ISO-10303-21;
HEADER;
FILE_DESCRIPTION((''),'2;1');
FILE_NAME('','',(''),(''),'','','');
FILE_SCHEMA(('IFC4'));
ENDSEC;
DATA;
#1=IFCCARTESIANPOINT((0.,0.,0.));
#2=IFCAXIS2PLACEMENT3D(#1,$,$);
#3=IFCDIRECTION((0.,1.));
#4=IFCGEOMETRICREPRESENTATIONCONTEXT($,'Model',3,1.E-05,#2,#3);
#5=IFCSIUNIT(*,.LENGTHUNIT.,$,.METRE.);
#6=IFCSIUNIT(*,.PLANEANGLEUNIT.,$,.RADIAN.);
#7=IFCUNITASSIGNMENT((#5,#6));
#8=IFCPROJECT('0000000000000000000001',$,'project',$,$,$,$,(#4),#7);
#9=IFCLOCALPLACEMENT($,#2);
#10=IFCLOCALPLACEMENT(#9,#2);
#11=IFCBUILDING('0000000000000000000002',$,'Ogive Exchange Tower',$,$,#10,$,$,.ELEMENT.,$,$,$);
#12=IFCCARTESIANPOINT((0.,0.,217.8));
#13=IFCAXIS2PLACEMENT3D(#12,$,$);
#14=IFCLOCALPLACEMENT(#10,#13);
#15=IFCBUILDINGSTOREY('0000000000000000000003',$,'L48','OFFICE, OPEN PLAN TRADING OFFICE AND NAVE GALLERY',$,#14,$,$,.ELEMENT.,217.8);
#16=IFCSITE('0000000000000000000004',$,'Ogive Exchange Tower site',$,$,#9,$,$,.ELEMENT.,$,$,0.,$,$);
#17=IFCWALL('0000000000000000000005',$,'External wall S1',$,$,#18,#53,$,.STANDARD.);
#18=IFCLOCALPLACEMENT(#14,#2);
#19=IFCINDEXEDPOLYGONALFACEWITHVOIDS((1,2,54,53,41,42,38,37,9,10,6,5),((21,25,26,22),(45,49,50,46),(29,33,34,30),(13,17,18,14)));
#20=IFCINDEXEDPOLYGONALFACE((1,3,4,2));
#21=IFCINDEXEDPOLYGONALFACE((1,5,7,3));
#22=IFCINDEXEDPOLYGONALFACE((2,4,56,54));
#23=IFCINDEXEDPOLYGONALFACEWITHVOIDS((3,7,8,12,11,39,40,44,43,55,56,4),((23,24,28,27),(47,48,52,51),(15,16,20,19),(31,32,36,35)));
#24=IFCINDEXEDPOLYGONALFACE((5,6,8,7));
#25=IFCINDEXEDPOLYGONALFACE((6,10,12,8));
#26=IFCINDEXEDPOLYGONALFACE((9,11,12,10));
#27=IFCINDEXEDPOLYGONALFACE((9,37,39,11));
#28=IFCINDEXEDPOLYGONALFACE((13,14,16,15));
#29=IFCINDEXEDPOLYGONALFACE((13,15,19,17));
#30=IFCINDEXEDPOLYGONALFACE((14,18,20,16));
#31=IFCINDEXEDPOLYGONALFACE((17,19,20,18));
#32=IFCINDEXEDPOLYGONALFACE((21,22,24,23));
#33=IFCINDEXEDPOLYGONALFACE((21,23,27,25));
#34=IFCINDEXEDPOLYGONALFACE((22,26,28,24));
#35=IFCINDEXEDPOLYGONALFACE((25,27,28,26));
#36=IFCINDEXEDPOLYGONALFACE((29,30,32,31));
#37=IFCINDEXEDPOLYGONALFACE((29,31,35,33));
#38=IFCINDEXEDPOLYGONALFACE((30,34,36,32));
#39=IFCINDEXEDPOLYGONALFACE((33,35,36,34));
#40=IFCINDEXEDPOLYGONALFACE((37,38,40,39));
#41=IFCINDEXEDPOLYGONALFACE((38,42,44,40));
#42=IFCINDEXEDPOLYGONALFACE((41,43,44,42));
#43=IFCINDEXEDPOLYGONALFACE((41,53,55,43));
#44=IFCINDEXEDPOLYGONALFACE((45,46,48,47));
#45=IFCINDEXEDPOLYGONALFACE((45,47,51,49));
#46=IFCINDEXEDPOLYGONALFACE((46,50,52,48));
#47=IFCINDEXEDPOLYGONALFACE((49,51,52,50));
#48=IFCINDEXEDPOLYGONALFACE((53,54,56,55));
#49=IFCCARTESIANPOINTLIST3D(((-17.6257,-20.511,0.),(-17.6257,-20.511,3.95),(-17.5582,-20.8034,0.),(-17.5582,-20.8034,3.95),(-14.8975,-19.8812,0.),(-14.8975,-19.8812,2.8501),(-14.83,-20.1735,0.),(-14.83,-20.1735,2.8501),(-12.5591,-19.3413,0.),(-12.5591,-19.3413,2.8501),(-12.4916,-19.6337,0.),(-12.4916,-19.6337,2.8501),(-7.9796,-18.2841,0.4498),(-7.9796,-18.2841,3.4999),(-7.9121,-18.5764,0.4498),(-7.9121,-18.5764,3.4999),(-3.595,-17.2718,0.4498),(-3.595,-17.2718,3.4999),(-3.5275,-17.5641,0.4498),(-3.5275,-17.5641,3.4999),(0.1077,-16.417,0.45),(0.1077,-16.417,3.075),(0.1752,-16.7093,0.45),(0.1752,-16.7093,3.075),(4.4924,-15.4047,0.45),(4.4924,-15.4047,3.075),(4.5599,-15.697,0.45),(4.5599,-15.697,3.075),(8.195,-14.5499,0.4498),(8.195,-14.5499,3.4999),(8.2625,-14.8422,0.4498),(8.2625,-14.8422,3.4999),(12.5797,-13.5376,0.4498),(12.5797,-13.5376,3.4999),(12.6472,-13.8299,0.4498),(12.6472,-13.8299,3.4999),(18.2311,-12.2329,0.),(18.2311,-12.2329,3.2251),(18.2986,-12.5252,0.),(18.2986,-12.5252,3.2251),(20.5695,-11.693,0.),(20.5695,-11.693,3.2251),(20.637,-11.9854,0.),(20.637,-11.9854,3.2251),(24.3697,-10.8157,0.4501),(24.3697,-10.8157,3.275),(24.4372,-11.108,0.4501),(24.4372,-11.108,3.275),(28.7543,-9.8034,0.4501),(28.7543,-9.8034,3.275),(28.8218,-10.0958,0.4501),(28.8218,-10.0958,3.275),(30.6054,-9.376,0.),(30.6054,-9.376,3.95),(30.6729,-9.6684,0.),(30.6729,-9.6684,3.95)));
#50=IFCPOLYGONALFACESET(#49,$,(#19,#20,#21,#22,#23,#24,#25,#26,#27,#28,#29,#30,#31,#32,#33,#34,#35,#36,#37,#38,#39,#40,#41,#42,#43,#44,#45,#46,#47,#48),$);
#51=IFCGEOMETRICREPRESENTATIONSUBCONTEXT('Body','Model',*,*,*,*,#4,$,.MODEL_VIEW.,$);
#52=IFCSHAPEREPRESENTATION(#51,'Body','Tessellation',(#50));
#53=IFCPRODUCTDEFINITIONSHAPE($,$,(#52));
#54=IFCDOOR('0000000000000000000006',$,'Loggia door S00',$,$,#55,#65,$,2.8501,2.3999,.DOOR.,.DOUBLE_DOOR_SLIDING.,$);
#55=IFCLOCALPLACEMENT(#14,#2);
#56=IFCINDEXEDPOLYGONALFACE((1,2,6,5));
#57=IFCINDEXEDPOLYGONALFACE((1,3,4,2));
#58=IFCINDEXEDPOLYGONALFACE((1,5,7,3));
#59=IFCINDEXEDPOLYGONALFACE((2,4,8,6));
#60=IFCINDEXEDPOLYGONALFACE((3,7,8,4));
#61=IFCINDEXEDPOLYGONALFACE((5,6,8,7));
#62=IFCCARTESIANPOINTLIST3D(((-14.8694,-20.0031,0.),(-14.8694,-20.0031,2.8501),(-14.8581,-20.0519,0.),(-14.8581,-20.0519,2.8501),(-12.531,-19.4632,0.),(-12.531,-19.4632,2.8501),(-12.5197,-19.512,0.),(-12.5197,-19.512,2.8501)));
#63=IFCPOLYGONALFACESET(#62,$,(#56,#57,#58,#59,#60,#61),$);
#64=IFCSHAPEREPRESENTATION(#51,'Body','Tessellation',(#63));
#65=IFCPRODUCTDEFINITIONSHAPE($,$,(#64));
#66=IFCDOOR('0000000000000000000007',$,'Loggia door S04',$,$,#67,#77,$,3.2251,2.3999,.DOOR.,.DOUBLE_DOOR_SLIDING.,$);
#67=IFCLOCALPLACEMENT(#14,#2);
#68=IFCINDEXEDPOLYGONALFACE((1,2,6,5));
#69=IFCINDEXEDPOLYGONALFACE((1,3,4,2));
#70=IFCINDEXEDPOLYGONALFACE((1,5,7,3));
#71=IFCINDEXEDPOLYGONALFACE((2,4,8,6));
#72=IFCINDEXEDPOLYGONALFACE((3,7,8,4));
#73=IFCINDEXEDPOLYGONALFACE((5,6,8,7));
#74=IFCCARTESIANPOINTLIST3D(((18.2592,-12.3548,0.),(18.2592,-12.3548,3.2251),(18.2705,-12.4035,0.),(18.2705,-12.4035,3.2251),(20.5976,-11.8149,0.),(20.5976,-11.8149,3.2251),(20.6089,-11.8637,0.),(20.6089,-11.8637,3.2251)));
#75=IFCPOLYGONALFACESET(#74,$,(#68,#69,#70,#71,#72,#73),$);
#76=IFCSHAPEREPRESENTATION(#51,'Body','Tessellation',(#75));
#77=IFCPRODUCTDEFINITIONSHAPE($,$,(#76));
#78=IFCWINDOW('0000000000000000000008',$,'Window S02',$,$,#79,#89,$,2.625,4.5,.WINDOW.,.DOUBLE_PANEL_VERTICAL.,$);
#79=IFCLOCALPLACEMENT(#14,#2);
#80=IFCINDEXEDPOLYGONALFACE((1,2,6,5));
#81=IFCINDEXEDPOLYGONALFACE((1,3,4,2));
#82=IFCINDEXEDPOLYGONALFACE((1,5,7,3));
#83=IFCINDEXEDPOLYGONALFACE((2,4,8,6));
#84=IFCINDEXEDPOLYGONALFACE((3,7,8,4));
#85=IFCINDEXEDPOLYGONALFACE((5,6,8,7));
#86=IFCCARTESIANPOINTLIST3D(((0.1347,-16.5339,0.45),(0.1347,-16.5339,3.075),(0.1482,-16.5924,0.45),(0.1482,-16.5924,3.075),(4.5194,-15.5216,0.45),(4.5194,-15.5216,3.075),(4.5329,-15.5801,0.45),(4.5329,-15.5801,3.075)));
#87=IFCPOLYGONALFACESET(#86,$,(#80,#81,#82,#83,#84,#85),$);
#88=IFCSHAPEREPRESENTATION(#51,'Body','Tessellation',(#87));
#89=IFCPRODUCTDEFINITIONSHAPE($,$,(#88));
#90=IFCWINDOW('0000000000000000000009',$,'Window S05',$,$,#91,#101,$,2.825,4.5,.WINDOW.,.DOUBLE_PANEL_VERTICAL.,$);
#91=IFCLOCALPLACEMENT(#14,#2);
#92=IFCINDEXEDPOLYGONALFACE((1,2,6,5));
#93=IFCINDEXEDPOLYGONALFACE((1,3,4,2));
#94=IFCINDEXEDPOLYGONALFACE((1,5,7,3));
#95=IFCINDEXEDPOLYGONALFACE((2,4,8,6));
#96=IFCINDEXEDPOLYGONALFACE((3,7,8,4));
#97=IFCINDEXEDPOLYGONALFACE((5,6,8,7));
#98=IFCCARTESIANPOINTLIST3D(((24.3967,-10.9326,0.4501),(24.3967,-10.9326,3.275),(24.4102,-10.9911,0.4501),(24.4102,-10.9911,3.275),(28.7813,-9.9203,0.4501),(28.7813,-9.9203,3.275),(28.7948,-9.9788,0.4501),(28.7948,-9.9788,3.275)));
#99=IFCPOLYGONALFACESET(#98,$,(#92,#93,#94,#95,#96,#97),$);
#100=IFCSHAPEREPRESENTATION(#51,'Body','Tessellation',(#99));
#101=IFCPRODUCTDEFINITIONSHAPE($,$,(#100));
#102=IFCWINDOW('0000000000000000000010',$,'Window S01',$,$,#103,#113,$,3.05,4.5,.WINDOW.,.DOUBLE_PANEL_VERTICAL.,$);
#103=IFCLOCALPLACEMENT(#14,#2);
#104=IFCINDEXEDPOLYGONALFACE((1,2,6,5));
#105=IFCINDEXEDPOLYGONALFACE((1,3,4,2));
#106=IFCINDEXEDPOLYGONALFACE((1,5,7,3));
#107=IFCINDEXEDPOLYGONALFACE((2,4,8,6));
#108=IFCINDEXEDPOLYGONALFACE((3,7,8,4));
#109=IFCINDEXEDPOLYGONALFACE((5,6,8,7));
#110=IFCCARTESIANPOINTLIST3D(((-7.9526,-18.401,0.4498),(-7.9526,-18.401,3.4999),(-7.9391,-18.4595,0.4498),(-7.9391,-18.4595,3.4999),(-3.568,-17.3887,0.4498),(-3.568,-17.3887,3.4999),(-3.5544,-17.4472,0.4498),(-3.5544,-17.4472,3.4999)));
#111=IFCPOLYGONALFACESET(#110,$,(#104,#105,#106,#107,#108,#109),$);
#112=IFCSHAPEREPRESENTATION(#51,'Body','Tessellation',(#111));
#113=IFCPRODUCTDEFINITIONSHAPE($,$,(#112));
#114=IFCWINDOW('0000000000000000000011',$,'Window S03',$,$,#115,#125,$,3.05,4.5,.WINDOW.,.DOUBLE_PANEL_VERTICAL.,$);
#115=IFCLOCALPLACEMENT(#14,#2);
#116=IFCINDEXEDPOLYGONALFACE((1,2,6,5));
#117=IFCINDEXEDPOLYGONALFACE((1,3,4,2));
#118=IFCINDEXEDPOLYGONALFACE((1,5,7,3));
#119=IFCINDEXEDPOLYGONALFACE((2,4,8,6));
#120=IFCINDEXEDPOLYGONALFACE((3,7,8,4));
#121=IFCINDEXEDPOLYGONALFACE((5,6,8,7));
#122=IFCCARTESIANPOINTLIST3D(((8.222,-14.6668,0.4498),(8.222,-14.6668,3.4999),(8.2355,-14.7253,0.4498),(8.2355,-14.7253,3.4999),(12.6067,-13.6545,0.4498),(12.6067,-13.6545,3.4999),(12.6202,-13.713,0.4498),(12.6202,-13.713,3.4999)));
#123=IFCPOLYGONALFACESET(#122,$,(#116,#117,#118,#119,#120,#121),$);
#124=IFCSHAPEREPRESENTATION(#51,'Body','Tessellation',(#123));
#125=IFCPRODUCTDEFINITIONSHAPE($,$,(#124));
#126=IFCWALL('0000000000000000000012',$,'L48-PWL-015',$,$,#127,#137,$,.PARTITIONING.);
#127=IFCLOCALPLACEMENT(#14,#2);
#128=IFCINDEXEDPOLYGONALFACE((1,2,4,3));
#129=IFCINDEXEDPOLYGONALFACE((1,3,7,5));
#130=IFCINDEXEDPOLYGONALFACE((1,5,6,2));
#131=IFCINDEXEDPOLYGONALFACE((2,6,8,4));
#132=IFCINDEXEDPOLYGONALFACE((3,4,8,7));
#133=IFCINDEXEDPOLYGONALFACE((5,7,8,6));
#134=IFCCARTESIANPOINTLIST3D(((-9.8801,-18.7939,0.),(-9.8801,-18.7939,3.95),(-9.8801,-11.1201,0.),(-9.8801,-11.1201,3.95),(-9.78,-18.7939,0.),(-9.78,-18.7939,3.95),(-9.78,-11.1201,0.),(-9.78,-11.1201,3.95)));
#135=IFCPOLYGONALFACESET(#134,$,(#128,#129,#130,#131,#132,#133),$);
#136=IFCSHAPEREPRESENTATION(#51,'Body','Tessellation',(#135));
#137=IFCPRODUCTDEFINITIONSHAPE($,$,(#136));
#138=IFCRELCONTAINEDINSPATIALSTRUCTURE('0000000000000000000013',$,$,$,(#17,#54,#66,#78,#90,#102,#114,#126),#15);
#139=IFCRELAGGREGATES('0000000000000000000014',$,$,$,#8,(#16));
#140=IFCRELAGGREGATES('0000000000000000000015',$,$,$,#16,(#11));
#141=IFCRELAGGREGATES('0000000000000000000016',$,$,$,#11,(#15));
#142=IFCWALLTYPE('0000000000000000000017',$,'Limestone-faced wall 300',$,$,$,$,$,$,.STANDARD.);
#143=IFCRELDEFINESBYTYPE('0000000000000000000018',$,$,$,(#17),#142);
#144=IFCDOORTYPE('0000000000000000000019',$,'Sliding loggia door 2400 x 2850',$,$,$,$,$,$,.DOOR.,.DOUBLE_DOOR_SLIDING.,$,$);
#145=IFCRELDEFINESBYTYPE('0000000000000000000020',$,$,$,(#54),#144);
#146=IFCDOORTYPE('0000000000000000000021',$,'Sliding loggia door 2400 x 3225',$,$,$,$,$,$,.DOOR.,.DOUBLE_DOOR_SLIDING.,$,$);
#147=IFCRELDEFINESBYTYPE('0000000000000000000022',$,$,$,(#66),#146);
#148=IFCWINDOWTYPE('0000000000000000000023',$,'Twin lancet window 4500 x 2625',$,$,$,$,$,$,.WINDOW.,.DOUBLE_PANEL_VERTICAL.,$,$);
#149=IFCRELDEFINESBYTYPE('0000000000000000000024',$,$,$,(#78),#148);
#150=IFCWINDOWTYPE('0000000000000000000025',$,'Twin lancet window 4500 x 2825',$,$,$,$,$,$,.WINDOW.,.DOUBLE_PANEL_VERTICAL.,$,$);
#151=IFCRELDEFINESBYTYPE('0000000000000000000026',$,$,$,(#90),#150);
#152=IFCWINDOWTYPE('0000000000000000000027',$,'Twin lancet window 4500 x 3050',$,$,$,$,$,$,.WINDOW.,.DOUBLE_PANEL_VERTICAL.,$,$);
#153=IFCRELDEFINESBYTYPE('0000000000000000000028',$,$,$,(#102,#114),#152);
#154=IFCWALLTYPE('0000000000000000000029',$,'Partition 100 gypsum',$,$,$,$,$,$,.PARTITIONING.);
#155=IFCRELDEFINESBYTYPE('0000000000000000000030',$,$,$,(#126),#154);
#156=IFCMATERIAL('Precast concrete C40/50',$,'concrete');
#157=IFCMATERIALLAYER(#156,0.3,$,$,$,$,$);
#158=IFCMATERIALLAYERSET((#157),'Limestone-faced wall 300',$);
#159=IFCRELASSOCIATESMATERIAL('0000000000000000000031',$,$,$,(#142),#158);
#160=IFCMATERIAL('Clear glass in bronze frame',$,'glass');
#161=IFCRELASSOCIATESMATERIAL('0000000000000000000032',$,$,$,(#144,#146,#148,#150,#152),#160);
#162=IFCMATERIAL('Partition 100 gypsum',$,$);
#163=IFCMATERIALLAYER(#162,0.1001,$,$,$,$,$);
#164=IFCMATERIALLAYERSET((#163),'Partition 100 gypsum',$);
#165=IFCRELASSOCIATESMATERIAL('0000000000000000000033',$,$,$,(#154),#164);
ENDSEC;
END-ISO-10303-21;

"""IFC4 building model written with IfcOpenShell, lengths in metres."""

from ifc_helpers import new_model, si_unit, direction, frame, frame_2d, origin, place, context, subcontext, project, spatial, rectangle, extrude, material, layer, layer_set, type_object, element, fill, save


model = new_model("IFC4")

# Units and contexts
model_context = context("Model", 3, precision=1e-05, world=origin(), true_north=direction((0.0, 1.0)))
body_context = subcontext(model_context, "Body", "Model", "MODEL_VIEW")
ifc_project = project(units=[si_unit("LENGTHUNIT", "METRE"), si_unit("PLANEANGLEUNIT", "RADIAN")], contexts=[model_context])

# Site, building, storey
site_placement = place(None, origin())
site = spatial("IfcSite", under=ifc_project, at=site_placement, Name="Ogive Exchange Tower site", CompositionType="ELEMENT", RefElevation=0.0)
building_placement = place(site_placement, origin())
building = spatial("IfcBuilding", under=site, at=building_placement, Name="Ogive Exchange Tower", CompositionType="ELEMENT")
storey_placement = place(building_placement, frame((0.0, 0.0, 217.8)))
storey = spatial("IfcBuildingStorey", under=building, at=storey_placement, Name="L48", Description="OFFICE, OPEN PLAN TRADING OFFICE AND NAVE GALLERY", CompositionType="ELEMENT", Elevation=217.8)

# Wall, openings, doors, windows
ifc_material_1 = material(Name="Precast concrete C40/50", Category="concrete")
ifc_layer_1 = layer(ifc_material_1, 0.3)
ifc_layer_set_1 = layer_set([ifc_layer_1], Name="Limestone-faced wall 300")
wall_type_1 = type_object("IfcWallType", Name="Limestone-faced wall 300", PredefinedType="STANDARD", material=ifc_layer_set_1)
wall_1_placement = place(storey_placement, frame((-17.592, -20.6572, 0.0), z_axis=(0.0, 0.0, 1.0), x_axis=(0.97437, 0.22495, 0.0)))
wall_1 = element("IfcWall", 1, at=wall_1_placement, inside=storey, type_object=wall_type_1, Name="External wall S1", PredefinedType="STANDARD", context=body_context, shape_type="SweptSolid", body=[
    extrude(rectangle(XDim=49.4998, YDim=0.3, at=frame_2d((24.75, 0.0))), origin(), (0.0, 0.0, 1.0), 3.95),
])
opening_1_placement = place(wall_1_placement, frame((2.8, 0.0, 0.0)))
opening_1 = element("IfcOpeningElement", 2, at=opening_1_placement, cuts=wall_1, PredefinedType="OPENING", context=body_context, shape_type="SweptSolid", body=[
    extrude(rectangle(XDim=2.3999, YDim=2.8501, at=frame_2d((1.2, 1.425))), frame((0.0, 0.1599, 0.0), z_axis=(0.0, -1.0, 0.0), x_axis=(1.0, 0.0, 0.0)), (0.0, 0.0, 1.0), 0.3201),
])
opening_2_placement = place(wall_1_placement, frame((9.8999, 0.0, 0.45)))
opening_2 = element("IfcOpeningElement", 3, at=opening_2_placement, cuts=wall_1, PredefinedType="OPENING", context=body_context, shape_type="SweptSolid", body=[
    extrude(rectangle(XDim=4.5, YDim=3.05, at=frame_2d((2.25, 1.5249))), frame((0.0, 0.1599, 0.0), z_axis=(0.0, -1.0, 0.0), x_axis=(1.0, 0.0, 0.0)), (0.0, 0.0, 1.0), 0.3201),
])
opening_3_placement = place(wall_1_placement, frame((18.2, 0.0, 0.45)))
opening_3 = element("IfcOpeningElement", 4, at=opening_3_placement, cuts=wall_1, PredefinedType="OPENING", context=body_context, shape_type="SweptSolid", body=[
    extrude(rectangle(XDim=4.5, YDim=2.625, at=frame_2d((2.25, 1.3125))), frame((0.0, 0.1599, 0.0), z_axis=(0.0, -1.0, 0.0), x_axis=(1.0, 0.0, 0.0)), (0.0, 0.0, 1.0), 0.3201),
])
opening_4_placement = place(wall_1_placement, frame((26.5, 0.0, 0.45)))
opening_4 = element("IfcOpeningElement", 5, at=opening_4_placement, cuts=wall_1, PredefinedType="OPENING", context=body_context, shape_type="SweptSolid", body=[
    extrude(rectangle(XDim=4.5, YDim=3.05, at=frame_2d((2.25, 1.5249))), frame((0.0, 0.1599, 0.0), z_axis=(0.0, -1.0, 0.0), x_axis=(1.0, 0.0, 0.0)), (0.0, 0.0, 1.0), 0.3201),
])
opening_5_placement = place(wall_1_placement, frame((36.8, 0.0, 0.0)))
opening_5 = element("IfcOpeningElement", 6, at=opening_5_placement, cuts=wall_1, PredefinedType="OPENING", context=body_context, shape_type="SweptSolid", body=[
    extrude(rectangle(XDim=2.3999, YDim=3.2251, at=frame_2d((1.2, 1.6125))), frame((0.0, 0.1599, 0.0), z_axis=(0.0, -1.0, 0.0), x_axis=(1.0, 0.0, 0.0)), (0.0, 0.0, 1.0), 0.3201),
])
opening_6_placement = place(wall_1_placement, frame((43.1001, 0.0, 0.45)))
opening_6 = element("IfcOpeningElement", 7, at=opening_6_placement, cuts=wall_1, PredefinedType="OPENING", context=body_context, shape_type="SweptSolid", body=[
    extrude(rectangle(XDim=4.5, YDim=2.825, at=frame_2d((2.25, 1.4126))), frame((0.0, 0.1599, 0.0), z_axis=(0.0, -1.0, 0.0), x_axis=(1.0, 0.0, 0.0)), (0.0, 0.0, 1.0), 0.3201),
])
ifc_material_2 = material(Name="Clear glass in bronze frame", Category="glass")
door_type_1 = type_object("IfcDoorType", Name="Sliding loggia door 2400 x 2850", OperationType="DOUBLE_DOOR_SLIDING", PredefinedType="DOOR", material=ifc_material_2)
door_1_placement = place(opening_1_placement, origin())
door_1 = element("IfcDoor", 8, at=door_1_placement, inside=storey, type_object=door_type_1, Name="Loggia door S00", OperationType="DOUBLE_DOOR_SLIDING", OverallHeight=2.8501, OverallWidth=2.3999, PredefinedType="DOOR", context=body_context, shape_type="SweptSolid", body=[
    extrude(rectangle(XDim=2.3999, YDim=2.8501, at=frame_2d((1.2, 1.425))), frame((0.0, 0.0249, 0.0), z_axis=(0.0, -1.0, 0.0), x_axis=(1.0, 0.0, 0.0)), (0.0, 0.0, 1.0), 0.05),
])
fill(opening_1, door_1)
door_type_2 = type_object("IfcDoorType", Name="Sliding loggia door 2400 x 3225", OperationType="DOUBLE_DOOR_SLIDING", PredefinedType="DOOR", material=ifc_material_2)
door_2_placement = place(opening_5_placement, origin())
door_2 = element("IfcDoor", 9, at=door_2_placement, inside=storey, type_object=door_type_2, Name="Loggia door S04", OperationType="DOUBLE_DOOR_SLIDING", OverallHeight=3.2251, OverallWidth=2.3999, PredefinedType="DOOR", context=body_context, shape_type="SweptSolid", body=[
    extrude(rectangle(XDim=2.3999, YDim=3.2251, at=frame_2d((1.2, 1.6125))), frame((0.0, 0.0249, 0.0), z_axis=(0.0, -1.0, 0.0), x_axis=(1.0, 0.0, 0.0)), (0.0, 0.0, 1.0), 0.05),
])
fill(opening_5, door_2)
window_type_1 = type_object("IfcWindowType", Name="Twin lancet window 4500 x 2625", PartitioningType="DOUBLE_PANEL_VERTICAL", PredefinedType="WINDOW", material=ifc_material_2)
window_1_placement = place(opening_3_placement, origin())
window_1 = element("IfcWindow", 10, at=window_1_placement, inside=storey, type_object=window_type_1, Name="Window S02", OverallHeight=2.625, OverallWidth=4.5, PartitioningType="DOUBLE_PANEL_VERTICAL", PredefinedType="WINDOW", context=body_context, shape_type="SweptSolid", body=[
    extrude(rectangle(XDim=4.5, YDim=2.625, at=frame_2d((2.25, 1.3125))), frame((0.0, 0.03, 0.0), z_axis=(0.0, -1.0, 0.0), x_axis=(1.0, 0.0, 0.0)), (0.0, 0.0, 1.0), 0.0601),
])
fill(opening_3, window_1)
window_type_2 = type_object("IfcWindowType", Name="Twin lancet window 4500 x 2825", PartitioningType="DOUBLE_PANEL_VERTICAL", PredefinedType="WINDOW", material=ifc_material_2)
window_2_placement = place(opening_6_placement, origin())
window_2 = element("IfcWindow", 11, at=window_2_placement, inside=storey, type_object=window_type_2, Name="Window S05", OverallHeight=2.825, OverallWidth=4.5, PartitioningType="DOUBLE_PANEL_VERTICAL", PredefinedType="WINDOW", context=body_context, shape_type="SweptSolid", body=[
    extrude(rectangle(XDim=4.5, YDim=2.825, at=frame_2d((2.25, 1.4126))), frame((0.0, 0.03, 0.0), z_axis=(0.0, -1.0, 0.0), x_axis=(1.0, 0.0, 0.0)), (0.0, 0.0, 1.0), 0.0601),
])
fill(opening_6, window_2)
window_type_3 = type_object("IfcWindowType", Name="Twin lancet window 4500 x 3050", PartitioningType="DOUBLE_PANEL_VERTICAL", PredefinedType="WINDOW", material=ifc_material_2)
window_3_placement = place(opening_2_placement, origin())
window_3 = element("IfcWindow", 12, at=window_3_placement, inside=storey, type_object=window_type_3, Name="Window S01", OverallHeight=3.05, OverallWidth=4.5, PartitioningType="DOUBLE_PANEL_VERTICAL", PredefinedType="WINDOW", context=body_context, shape_type="SweptSolid", body=[
    extrude(rectangle(XDim=4.5, YDim=3.05, at=frame_2d((2.25, 1.5249))), frame((0.0, 0.03, 0.0), z_axis=(0.0, -1.0, 0.0), x_axis=(1.0, 0.0, 0.0)), (0.0, 0.0, 1.0), 0.0601),
])
fill(opening_2, window_3)
window_4_placement = place(opening_4_placement, origin())
window_4 = element("IfcWindow", 13, at=window_4_placement, inside=storey, type_object=window_type_3, Name="Window S03", OverallHeight=3.05, OverallWidth=4.5, PartitioningType="DOUBLE_PANEL_VERTICAL", PredefinedType="WINDOW", context=body_context, shape_type="SweptSolid", body=[
    extrude(rectangle(XDim=4.5, YDim=3.05, at=frame_2d((2.25, 1.5249))), frame((0.0, 0.03, 0.0), z_axis=(0.0, -1.0, 0.0), x_axis=(1.0, 0.0, 0.0)), (0.0, 0.0, 1.0), 0.0601),
])
fill(opening_4, window_4)

# Wall
ifc_material_3 = material(Name="Partition 100 gypsum")
ifc_layer_2 = layer(ifc_material_3, 0.1001)
ifc_layer_set_2 = layer_set([ifc_layer_2], Name="Partition 100 gypsum")
wall_type_2 = type_object("IfcWallType", Name="Partition 100 gypsum", PredefinedType="PARTITIONING", material=ifc_layer_set_2)
wall_2_placement = place(storey_placement, frame((-9.8301, -18.7939, 0.0), z_axis=(0.0, 0.0, 1.0), x_axis=(0.0, 1.0, 0.0)))
element("IfcWall", 14, at=wall_2_placement, inside=storey, type_object=wall_type_2, Name="L48-PWL-015", PredefinedType="PARTITIONING", context=body_context, shape_type="SweptSolid", body=[
    extrude(rectangle(XDim=7.6738, YDim=0.1001, at=frame_2d((3.8369, 0.0))), origin(), (0.0, 0.0, 1.0), 3.95),
])

save(model, "model.ifc")
